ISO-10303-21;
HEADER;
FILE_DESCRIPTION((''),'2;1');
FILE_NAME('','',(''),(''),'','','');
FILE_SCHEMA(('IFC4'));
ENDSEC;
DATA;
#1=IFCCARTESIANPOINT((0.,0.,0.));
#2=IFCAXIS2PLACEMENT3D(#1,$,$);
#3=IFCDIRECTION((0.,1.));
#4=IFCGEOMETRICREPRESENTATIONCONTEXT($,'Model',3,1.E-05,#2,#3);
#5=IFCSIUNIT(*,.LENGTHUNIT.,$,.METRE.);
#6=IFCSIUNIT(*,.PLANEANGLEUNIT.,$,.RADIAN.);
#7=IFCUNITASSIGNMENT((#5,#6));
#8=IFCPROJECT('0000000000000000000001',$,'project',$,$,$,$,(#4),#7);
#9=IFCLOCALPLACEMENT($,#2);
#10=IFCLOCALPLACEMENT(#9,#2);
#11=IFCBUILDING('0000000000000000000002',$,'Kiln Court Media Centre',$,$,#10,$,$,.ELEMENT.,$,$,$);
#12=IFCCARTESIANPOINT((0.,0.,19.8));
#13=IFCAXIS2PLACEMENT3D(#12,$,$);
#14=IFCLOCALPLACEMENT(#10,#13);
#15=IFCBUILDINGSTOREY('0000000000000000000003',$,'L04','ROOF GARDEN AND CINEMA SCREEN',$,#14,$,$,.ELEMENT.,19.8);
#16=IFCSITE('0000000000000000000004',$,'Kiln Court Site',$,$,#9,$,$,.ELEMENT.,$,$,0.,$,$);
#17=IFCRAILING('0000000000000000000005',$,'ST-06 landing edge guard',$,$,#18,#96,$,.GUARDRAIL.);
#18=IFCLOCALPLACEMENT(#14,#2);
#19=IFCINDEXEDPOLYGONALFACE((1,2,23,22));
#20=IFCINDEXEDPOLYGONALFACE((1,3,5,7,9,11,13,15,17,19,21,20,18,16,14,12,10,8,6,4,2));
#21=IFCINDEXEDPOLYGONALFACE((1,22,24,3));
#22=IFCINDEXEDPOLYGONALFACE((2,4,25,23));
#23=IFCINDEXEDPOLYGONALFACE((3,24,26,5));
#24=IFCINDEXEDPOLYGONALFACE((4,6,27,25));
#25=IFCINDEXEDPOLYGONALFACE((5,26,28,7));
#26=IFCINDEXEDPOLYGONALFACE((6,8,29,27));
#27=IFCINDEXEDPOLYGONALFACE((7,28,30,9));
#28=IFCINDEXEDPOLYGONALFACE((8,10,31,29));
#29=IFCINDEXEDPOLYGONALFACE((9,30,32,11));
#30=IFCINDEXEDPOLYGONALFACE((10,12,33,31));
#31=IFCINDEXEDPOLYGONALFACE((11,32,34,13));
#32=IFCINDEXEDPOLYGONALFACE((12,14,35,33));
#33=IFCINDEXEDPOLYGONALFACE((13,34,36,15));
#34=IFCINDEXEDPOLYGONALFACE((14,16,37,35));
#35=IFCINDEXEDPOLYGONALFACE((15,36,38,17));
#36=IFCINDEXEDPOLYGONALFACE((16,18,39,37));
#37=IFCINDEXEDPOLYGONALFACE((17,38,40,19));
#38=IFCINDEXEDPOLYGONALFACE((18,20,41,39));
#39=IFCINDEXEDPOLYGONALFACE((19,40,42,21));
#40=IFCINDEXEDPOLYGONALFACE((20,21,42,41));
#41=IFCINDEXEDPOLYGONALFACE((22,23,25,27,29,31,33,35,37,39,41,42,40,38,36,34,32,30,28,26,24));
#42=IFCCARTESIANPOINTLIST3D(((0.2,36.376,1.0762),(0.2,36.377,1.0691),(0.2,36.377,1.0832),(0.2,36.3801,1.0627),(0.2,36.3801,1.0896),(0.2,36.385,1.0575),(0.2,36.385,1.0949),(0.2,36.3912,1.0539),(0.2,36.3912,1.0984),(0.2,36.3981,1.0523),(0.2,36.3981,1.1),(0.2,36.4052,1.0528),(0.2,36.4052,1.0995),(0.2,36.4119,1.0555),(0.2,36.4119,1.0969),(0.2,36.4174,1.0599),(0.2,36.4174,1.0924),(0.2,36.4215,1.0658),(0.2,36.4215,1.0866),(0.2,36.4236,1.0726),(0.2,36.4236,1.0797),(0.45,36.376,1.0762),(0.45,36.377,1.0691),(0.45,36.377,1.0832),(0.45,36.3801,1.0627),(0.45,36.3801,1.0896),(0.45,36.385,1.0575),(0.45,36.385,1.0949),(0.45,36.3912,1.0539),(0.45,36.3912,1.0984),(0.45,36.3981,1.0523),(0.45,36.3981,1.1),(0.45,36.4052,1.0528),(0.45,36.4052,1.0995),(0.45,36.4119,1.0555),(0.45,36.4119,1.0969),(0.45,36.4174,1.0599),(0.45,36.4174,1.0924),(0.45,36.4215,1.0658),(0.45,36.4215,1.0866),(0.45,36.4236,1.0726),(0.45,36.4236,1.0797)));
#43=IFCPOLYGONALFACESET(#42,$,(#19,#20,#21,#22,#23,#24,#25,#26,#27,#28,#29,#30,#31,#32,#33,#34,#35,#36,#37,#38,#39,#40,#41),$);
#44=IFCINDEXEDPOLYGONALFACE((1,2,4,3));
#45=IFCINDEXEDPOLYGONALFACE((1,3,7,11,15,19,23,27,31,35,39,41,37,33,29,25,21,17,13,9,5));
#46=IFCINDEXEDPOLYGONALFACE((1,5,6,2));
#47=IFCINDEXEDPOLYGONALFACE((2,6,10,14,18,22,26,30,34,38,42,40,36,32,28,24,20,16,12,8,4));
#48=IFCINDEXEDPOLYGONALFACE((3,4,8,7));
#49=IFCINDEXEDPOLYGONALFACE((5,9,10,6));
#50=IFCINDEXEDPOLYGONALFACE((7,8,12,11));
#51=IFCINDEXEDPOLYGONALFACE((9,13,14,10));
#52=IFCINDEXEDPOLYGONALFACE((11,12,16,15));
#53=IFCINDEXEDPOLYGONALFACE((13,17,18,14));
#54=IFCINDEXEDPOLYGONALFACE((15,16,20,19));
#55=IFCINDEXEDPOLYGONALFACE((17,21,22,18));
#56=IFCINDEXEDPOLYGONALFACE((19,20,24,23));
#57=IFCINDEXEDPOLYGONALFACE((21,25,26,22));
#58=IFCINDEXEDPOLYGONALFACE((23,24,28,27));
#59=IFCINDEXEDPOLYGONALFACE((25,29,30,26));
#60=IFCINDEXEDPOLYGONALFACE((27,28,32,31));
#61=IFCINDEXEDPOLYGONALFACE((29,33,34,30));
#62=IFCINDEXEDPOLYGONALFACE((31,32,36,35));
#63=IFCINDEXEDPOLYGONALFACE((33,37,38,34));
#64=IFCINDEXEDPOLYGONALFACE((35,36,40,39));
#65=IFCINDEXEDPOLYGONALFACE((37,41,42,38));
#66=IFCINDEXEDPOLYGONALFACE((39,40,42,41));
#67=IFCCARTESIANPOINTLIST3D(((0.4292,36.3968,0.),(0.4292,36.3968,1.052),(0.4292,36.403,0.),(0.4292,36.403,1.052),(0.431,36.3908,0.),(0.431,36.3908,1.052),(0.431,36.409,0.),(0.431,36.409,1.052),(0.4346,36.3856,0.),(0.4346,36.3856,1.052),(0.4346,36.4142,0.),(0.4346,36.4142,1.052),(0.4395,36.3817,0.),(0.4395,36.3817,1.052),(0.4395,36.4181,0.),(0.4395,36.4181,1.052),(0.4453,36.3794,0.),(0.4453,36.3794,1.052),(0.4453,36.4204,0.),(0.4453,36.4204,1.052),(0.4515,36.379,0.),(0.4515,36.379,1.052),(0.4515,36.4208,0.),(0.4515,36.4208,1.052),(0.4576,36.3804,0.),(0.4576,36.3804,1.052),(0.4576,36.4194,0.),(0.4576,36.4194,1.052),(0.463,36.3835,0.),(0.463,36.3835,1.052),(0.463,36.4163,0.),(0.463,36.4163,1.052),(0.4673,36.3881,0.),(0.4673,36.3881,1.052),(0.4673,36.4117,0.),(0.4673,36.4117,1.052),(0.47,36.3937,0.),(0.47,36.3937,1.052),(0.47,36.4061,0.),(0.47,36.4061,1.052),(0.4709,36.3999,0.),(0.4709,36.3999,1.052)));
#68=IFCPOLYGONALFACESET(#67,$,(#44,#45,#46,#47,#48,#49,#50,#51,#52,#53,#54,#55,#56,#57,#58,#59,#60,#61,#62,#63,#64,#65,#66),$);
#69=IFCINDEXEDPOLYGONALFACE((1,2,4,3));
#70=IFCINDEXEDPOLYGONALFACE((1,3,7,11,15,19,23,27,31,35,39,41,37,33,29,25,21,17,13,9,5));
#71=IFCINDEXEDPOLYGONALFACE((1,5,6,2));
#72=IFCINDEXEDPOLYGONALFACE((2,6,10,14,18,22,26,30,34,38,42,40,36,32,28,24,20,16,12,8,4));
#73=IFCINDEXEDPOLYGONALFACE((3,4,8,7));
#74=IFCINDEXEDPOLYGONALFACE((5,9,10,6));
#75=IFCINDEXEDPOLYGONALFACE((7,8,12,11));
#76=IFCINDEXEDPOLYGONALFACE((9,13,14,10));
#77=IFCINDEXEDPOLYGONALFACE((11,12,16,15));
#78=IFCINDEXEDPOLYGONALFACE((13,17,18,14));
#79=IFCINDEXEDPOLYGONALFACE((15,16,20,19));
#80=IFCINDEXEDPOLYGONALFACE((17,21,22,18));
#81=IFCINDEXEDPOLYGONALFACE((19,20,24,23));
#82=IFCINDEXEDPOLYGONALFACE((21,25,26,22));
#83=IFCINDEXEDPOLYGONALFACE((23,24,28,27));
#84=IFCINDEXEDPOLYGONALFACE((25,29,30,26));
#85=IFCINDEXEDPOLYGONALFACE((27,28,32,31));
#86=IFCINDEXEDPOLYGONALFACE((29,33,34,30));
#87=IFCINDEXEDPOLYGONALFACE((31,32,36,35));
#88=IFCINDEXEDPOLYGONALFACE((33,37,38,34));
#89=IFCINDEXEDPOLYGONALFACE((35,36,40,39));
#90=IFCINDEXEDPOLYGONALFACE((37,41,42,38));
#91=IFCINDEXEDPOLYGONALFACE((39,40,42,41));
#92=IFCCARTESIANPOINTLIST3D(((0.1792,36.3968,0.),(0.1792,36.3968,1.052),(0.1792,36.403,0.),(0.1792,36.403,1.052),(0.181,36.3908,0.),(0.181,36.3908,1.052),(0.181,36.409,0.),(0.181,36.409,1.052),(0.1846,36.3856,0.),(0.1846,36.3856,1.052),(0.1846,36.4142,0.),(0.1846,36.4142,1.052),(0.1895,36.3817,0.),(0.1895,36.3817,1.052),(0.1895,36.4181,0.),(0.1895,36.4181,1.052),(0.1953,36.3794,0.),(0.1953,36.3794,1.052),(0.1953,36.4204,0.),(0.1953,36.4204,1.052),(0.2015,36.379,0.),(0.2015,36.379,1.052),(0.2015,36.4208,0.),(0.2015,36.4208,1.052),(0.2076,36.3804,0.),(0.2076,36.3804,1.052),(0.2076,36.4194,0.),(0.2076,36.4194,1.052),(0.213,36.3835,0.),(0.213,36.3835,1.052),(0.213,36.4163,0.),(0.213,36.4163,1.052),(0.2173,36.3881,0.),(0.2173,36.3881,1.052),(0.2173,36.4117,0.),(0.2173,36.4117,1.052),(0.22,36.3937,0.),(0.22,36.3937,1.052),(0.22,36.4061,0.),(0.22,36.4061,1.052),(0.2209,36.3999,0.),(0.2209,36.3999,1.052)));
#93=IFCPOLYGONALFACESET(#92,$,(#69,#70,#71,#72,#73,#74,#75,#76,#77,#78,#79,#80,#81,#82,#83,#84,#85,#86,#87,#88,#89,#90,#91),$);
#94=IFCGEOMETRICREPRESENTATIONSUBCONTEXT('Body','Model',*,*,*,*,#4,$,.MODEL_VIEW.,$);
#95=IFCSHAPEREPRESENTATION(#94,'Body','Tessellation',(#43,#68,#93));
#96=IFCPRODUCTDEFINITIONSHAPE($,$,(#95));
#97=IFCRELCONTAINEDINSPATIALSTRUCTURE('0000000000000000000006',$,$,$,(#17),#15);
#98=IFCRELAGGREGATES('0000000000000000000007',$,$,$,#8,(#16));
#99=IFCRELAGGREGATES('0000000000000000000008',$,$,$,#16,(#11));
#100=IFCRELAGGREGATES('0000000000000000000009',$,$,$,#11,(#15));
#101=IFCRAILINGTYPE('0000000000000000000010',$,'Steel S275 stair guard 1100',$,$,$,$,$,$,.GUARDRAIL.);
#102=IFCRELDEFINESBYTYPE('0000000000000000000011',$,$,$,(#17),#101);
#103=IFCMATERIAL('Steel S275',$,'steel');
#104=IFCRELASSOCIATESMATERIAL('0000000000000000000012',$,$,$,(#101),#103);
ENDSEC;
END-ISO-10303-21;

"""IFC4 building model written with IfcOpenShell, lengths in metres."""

from ifc_helpers import new_model, si_unit, direction, frame, origin, origin_2d, place, context, subcontext, project, spatial, circle, extrude, material, type_object, element, save


model = new_model("IFC4")

# Units and contexts
model_context = context("Model", 3, precision=1e-05, world=origin(), true_north=direction((0.0, 1.0)))
body_context = subcontext(model_context, "Body", "Model", "MODEL_VIEW")
ifc_project = project(units=[si_unit("LENGTHUNIT", "METRE"), si_unit("PLANEANGLEUNIT", "RADIAN")], contexts=[model_context])

# Site, building, storey
site_placement = place(None, origin())
site = spatial("IfcSite", under=ifc_project, at=site_placement, Name="Kiln Court Site", CompositionType="ELEMENT", RefElevation=0.0)
building_placement = place(site_placement, origin())
building = spatial("IfcBuilding", under=site, at=building_placement, Name="Kiln Court Media Centre", CompositionType="ELEMENT")
storey_placement = place(building_placement, frame((0.0, 0.0, 19.8)))
storey = spatial("IfcBuildingStorey", under=building, at=storey_placement, Name="L04", Description="ROOF GARDEN AND CINEMA SCREEN", CompositionType="ELEMENT", Elevation=19.8)

# Railing
ifc_material_1 = material(Name="Steel S275", Category="steel")
railing_type_1 = type_object("IfcRailingType", Name="Steel S275 stair guard 1100", PredefinedType="GUARDRAIL", material=ifc_material_1)
for number, where, name in (
    (1, (0.45, 36.3999, 0.0), "ST-06 landing edge guard"),
):
    element("IfcRailing", number, at=place(storey_placement, frame(where)), inside=storey, type_object=railing_type_1, Name=name, PredefinedType="GUARDRAIL", context=body_context, shape_type="SweptSolid", body=[
        extrude(circle(Radius=0.0239, at=origin_2d()), frame((0.0, 0.0, 1.0762), z_axis=(-1.0, 0.0, 0.0), x_axis=(0.0, -1.0, 0.0)), (0.0, 0.0, 1.0), 0.25),
        extrude(circle(Radius=0.021, at=origin_2d()), origin(), (0.0, 0.0, 1.0), 1.052),
        extrude(circle(Radius=0.021, at=origin_2d()), frame((-0.25, 0.0, 0.0)), (0.0, 0.0, 1.0), 1.052),
    ])

save(model, "model.ifc")
